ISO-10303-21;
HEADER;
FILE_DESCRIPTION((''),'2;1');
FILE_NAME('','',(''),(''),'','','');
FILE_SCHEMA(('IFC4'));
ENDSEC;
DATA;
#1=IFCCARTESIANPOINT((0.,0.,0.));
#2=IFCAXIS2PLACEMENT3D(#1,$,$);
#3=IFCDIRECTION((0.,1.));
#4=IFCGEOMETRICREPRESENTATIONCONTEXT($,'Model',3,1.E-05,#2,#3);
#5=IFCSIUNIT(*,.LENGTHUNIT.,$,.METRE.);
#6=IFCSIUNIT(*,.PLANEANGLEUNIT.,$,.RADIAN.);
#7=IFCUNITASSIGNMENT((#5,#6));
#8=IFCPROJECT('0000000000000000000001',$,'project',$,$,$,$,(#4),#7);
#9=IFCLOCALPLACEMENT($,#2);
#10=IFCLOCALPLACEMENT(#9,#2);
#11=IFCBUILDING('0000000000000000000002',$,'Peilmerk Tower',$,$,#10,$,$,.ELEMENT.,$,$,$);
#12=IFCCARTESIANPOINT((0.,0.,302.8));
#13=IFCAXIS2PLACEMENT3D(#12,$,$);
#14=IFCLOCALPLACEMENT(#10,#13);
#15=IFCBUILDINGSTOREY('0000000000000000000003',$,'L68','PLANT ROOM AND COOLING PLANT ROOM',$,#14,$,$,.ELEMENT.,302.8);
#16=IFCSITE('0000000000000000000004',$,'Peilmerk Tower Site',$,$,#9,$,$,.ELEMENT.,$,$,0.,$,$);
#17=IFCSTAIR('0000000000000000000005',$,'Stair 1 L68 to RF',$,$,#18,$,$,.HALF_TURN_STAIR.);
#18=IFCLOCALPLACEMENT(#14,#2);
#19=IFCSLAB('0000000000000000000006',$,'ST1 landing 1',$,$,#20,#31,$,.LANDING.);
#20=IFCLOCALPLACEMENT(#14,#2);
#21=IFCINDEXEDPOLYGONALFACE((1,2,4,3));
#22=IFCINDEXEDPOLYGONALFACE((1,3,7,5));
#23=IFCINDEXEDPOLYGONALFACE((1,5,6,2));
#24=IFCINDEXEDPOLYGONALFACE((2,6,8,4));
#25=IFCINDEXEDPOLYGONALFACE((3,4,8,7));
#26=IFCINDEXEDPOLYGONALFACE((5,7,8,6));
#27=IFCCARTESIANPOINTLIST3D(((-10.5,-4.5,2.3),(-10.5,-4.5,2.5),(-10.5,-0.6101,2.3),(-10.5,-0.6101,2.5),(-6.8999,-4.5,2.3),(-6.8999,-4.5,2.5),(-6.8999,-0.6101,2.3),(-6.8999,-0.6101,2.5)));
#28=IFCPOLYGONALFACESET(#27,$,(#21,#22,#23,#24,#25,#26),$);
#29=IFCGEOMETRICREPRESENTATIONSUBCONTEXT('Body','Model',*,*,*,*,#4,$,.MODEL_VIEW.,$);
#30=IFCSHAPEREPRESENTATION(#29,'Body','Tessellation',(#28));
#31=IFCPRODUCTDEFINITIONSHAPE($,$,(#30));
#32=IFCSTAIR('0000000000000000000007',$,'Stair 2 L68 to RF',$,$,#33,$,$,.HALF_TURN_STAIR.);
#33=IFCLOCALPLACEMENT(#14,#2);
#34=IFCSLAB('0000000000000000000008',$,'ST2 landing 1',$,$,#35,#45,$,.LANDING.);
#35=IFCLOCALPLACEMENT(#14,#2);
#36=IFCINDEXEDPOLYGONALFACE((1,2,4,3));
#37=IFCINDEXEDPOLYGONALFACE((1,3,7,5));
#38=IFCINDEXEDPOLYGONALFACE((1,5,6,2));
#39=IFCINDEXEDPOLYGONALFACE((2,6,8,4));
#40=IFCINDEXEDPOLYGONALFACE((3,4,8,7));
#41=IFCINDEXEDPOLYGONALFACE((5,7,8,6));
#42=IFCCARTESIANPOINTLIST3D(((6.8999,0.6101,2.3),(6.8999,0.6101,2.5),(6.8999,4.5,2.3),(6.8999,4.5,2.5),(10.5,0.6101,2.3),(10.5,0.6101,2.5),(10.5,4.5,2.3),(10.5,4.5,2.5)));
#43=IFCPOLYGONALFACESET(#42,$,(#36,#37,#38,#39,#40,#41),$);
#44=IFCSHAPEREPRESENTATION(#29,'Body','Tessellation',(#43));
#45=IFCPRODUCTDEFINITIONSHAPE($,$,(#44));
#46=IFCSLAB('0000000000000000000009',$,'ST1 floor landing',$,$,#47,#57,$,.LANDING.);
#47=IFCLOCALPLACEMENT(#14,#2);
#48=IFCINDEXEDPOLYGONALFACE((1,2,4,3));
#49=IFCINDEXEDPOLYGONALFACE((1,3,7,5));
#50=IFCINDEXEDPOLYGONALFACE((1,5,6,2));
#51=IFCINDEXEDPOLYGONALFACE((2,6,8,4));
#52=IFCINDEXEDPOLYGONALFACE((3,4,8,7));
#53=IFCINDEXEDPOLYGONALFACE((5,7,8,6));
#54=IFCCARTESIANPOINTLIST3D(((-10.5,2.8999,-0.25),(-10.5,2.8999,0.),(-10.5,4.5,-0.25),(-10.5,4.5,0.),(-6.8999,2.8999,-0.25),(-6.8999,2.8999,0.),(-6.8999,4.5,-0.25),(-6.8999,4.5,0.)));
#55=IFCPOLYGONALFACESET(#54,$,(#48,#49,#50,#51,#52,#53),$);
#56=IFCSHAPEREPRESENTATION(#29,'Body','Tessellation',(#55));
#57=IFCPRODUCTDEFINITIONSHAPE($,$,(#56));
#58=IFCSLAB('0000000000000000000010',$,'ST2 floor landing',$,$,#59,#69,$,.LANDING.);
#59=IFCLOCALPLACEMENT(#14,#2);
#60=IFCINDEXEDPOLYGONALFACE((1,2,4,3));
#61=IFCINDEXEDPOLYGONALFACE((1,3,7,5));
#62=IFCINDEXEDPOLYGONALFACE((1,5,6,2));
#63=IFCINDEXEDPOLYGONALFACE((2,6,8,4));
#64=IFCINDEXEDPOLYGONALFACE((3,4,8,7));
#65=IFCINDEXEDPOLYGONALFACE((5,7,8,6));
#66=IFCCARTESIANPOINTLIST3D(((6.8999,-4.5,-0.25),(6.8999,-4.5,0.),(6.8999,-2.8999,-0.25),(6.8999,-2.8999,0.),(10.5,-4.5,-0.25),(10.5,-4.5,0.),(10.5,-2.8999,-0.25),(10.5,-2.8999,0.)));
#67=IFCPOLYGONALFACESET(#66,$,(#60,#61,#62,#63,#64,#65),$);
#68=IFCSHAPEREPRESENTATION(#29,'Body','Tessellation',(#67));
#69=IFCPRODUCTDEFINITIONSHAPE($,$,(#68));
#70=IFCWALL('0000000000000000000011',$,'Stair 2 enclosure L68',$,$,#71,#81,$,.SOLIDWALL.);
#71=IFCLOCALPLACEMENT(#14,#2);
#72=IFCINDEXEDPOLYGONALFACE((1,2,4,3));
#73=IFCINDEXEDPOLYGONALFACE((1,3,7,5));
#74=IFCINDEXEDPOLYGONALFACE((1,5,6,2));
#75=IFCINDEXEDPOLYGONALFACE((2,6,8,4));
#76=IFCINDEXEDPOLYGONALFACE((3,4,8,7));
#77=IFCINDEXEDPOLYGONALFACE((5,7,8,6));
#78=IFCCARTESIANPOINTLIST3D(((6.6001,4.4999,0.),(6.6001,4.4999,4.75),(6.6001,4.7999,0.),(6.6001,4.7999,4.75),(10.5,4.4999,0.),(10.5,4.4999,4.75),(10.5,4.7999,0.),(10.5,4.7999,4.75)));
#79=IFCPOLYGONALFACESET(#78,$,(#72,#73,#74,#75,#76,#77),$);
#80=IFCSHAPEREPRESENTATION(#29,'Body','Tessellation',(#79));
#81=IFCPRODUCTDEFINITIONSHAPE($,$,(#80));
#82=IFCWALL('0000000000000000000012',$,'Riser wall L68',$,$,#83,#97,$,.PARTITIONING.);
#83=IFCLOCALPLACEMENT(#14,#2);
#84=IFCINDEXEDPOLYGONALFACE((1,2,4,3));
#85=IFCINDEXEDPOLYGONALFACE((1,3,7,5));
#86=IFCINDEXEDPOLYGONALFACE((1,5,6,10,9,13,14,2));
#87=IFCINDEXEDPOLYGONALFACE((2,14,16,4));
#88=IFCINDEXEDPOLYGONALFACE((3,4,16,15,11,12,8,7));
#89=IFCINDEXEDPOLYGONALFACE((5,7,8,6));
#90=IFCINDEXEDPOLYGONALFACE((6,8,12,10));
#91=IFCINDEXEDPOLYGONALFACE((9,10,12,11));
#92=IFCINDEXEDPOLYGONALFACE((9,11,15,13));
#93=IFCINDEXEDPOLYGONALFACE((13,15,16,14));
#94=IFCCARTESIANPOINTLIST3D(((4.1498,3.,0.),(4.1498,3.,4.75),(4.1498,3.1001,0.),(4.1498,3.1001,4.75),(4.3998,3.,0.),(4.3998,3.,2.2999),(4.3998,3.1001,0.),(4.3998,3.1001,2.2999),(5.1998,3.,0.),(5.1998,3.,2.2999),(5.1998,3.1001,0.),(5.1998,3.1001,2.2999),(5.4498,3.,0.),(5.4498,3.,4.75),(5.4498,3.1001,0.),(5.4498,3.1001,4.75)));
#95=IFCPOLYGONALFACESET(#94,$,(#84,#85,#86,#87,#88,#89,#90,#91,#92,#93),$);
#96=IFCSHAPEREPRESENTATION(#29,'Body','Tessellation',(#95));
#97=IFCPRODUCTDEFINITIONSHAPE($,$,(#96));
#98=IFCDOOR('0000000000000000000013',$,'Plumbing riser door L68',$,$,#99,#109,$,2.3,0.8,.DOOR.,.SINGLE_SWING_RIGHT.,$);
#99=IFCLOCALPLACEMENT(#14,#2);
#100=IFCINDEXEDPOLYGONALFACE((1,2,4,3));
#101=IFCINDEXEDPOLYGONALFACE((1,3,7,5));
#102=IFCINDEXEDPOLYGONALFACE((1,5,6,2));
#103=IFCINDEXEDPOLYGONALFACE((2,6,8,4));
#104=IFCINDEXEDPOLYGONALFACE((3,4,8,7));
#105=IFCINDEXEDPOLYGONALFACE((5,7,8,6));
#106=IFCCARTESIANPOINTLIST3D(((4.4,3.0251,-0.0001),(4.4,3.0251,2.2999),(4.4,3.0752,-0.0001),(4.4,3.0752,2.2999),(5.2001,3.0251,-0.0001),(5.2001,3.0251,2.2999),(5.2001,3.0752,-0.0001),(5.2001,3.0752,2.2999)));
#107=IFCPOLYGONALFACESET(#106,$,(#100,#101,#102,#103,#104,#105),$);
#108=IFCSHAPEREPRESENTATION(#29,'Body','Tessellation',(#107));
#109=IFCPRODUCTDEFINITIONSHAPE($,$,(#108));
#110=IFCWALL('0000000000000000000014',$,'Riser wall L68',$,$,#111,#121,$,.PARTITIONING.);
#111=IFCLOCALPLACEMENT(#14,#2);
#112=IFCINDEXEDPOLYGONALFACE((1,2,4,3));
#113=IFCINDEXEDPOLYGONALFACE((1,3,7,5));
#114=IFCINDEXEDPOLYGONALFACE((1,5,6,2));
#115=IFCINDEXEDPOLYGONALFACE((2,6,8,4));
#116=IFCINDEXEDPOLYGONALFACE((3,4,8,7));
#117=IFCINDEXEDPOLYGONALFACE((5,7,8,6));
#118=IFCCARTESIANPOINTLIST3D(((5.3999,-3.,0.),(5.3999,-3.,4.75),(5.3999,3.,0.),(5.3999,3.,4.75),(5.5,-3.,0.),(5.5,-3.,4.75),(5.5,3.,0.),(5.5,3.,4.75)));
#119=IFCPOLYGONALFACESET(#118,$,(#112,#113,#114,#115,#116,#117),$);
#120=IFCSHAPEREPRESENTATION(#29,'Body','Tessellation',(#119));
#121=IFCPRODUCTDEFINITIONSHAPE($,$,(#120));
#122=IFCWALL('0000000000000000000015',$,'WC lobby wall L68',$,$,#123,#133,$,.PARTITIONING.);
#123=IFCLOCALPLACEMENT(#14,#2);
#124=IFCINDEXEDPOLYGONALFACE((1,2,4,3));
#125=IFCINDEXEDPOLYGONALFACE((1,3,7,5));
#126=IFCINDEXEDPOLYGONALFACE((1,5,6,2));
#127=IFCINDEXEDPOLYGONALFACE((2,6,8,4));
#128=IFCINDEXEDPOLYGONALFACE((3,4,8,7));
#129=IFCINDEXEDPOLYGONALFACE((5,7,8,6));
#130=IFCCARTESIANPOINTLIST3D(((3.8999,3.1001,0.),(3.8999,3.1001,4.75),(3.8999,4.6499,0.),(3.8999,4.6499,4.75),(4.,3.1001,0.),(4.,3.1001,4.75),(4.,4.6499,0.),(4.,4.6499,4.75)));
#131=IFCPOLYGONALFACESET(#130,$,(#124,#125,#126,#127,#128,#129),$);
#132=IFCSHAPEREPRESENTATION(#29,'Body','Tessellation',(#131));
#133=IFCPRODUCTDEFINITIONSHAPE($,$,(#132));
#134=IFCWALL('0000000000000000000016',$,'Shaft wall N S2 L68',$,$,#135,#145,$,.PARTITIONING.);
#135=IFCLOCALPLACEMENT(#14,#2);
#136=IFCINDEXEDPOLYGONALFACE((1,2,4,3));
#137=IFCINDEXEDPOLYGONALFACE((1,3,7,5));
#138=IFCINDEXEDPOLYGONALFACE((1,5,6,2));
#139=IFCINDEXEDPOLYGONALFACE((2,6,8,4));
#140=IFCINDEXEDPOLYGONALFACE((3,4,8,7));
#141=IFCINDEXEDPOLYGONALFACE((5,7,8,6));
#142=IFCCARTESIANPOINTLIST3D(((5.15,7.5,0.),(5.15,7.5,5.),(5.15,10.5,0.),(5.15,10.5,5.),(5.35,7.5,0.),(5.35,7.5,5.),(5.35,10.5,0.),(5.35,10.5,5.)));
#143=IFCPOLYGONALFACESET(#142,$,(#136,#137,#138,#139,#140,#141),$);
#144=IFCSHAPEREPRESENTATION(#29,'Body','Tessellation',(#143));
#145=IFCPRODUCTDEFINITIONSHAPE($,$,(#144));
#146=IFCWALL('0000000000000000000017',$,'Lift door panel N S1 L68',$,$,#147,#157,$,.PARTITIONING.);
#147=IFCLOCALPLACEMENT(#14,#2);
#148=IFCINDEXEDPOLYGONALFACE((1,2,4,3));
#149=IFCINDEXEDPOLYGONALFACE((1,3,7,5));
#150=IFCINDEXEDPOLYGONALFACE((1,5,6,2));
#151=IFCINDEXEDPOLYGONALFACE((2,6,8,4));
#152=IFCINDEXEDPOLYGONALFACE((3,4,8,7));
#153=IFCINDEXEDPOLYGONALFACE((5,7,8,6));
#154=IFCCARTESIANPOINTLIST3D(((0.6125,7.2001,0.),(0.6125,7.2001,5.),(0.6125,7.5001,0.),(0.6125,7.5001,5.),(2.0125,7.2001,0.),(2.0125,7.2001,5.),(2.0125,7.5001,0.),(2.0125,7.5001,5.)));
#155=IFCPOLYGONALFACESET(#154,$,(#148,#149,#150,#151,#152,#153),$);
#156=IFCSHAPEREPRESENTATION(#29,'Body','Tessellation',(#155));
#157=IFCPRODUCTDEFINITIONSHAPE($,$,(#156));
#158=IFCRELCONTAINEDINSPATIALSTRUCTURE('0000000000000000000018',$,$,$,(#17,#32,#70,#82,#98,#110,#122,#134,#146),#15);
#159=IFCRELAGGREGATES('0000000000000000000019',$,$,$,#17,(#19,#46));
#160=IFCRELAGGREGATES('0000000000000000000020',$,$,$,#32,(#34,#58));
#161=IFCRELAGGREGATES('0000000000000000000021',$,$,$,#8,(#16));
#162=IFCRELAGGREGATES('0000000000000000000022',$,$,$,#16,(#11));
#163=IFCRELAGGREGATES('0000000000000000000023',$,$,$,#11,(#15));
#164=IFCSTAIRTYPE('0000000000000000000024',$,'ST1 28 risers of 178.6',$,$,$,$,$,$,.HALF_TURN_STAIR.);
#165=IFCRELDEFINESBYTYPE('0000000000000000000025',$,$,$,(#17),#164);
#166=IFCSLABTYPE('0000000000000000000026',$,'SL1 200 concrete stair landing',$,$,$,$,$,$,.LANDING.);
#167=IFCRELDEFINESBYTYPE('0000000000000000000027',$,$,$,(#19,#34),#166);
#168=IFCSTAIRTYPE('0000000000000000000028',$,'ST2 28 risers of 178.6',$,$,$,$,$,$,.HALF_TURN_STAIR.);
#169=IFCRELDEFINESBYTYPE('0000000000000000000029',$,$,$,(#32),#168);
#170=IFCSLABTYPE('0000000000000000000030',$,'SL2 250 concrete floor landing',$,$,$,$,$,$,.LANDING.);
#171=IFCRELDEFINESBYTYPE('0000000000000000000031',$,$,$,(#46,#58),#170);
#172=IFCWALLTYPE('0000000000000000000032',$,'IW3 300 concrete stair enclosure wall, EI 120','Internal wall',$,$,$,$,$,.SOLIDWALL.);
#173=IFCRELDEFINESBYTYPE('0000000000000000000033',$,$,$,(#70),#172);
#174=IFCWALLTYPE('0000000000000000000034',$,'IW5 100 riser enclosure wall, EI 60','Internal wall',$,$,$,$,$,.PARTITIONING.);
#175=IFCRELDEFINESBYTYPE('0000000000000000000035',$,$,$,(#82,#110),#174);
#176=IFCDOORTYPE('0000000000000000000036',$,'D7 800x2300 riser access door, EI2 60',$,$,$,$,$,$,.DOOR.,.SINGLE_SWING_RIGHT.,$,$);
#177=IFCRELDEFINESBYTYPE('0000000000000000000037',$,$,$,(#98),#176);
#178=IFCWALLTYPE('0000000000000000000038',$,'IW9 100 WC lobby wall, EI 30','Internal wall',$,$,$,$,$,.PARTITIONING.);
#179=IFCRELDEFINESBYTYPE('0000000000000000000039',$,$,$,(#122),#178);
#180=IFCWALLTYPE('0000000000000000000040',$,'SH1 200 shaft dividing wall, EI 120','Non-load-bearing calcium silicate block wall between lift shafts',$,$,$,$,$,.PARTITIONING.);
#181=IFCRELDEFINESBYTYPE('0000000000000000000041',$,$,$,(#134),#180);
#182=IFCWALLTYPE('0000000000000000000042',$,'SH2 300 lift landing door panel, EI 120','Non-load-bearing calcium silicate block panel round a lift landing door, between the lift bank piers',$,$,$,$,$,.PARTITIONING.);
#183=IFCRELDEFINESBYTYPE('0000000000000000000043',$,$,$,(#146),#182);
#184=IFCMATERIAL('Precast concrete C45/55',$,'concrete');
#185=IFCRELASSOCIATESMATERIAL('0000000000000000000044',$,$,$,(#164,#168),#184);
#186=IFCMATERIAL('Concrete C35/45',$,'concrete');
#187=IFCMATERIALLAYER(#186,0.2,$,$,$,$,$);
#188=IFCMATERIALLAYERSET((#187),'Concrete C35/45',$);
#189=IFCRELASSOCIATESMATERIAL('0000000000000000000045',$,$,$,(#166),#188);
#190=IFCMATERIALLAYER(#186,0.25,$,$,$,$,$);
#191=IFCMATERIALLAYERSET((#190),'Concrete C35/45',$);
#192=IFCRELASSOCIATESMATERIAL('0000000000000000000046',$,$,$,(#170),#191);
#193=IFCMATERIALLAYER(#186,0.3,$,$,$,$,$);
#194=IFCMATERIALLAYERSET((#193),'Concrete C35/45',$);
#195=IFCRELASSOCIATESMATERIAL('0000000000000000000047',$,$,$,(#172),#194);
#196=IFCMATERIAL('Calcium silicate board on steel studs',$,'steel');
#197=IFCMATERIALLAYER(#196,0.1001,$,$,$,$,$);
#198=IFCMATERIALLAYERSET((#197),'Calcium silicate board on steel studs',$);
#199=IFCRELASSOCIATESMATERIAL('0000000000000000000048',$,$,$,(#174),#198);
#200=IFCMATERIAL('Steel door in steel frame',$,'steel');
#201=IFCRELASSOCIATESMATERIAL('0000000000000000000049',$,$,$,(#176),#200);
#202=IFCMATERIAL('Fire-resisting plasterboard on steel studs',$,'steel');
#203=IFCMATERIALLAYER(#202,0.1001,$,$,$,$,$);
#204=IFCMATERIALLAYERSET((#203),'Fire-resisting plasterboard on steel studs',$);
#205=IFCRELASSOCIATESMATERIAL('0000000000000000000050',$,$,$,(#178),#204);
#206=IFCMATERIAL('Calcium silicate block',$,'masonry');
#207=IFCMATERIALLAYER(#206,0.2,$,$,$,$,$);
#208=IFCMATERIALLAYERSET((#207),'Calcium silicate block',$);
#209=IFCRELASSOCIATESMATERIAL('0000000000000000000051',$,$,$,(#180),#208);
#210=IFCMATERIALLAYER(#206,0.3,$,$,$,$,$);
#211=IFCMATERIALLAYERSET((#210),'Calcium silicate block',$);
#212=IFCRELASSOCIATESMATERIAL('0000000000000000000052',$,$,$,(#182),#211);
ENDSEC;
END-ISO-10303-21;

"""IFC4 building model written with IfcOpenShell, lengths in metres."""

from ifc_helpers import new_model, si_unit, direction, frame, frame_2d, origin, place, context, subcontext, project, spatial, polyline, rectangle, outline, extrude, material, layer, layer_set, type_object, element, fill, aggregate, save


model = new_model("IFC4")

# Units and contexts
model_context = context("Model", 3, precision=1e-05, world=origin(), true_north=direction((0.0, 1.0)))
body_context = subcontext(model_context, "Body", "Model", "MODEL_VIEW")
ifc_project = project(units=[si_unit("LENGTHUNIT", "METRE"), si_unit("PLANEANGLEUNIT", "RADIAN")], contexts=[model_context])

# Site, building, storey
site_placement = place(None, origin())
site = spatial("IfcSite", under=ifc_project, at=site_placement, Name="Peilmerk Tower Site", CompositionType="ELEMENT", RefElevation=0.0)
building_placement = place(site_placement, origin())
building = spatial("IfcBuilding", under=site, at=building_placement, Name="Peilmerk Tower", CompositionType="ELEMENT")
storey_placement = place(building_placement, frame((0.0, 0.0, 302.8)))
storey = spatial("IfcBuildingStorey", under=building, at=storey_placement, Name="L68", Description="PLANT ROOM AND COOLING PLANT ROOM", CompositionType="ELEMENT", Elevation=302.8)

# Stairs, slabs
ifc_material_1 = material(Name="Precast concrete C45/55", Category="concrete")
stair_type_1 = type_object("IfcStairType", Name="ST1 28 risers of 178.6", PredefinedType="HALF_TURN_STAIR", material=ifc_material_1)
stair_1_placement = place(storey_placement, origin())
stair_1 = element("IfcStair", 1, at=stair_1_placement, inside=storey, type_object=stair_type_1, Name="Stair 1 L68 to RF", PredefinedType="HALF_TURN_STAIR")
ifc_material_2 = material(Name="Concrete C35/45", Category="concrete")
ifc_layer_1 = layer(ifc_material_2, 0.2)
ifc_layer_set_1 = layer_set([ifc_layer_1], Name="Concrete C35/45")
slab_type_1 = type_object("IfcSlabType", Name="SL1 200 concrete stair landing", PredefinedType="LANDING", material=ifc_layer_set_1)
slab_1_placement = place(storey_placement, frame((0.0, 0.0, 2.3)))
slab_1 = element("IfcSlab", 2, at=slab_1_placement, type_object=slab_type_1, Name="ST1 landing 1", PredefinedType="LANDING", context=body_context, shape_type="SweptSolid", body=[
    extrude(outline(polyline([(-10.5, -4.5), (-6.8999, -4.5), (-6.8999, -0.6101), (-10.5, -0.6101), (-10.5, -4.5)])), origin(), (0.0, 0.0, 1.0), 0.2),
])
stair_type_2 = type_object("IfcStairType", Name="ST2 28 risers of 178.6", PredefinedType="HALF_TURN_STAIR", material=ifc_material_1)
stair_2_placement = place(storey_placement, origin())
stair_2 = element("IfcStair", 3, at=stair_2_placement, inside=storey, type_object=stair_type_2, Name="Stair 2 L68 to RF", PredefinedType="HALF_TURN_STAIR")
slab_2_placement = place(storey_placement, frame((0.0, 0.0, 2.3)))
slab_2 = element("IfcSlab", 4, at=slab_2_placement, type_object=slab_type_1, Name="ST2 landing 1", PredefinedType="LANDING", context=body_context, shape_type="SweptSolid", body=[
    extrude(outline(polyline([(6.8999, 0.6101), (10.5, 0.6101), (10.5, 4.5), (6.8999, 4.5), (6.8999, 0.6101)])), origin(), (0.0, 0.0, 1.0), 0.2),
])

# Slabs
ifc_layer_2 = layer(ifc_material_2, 0.25)
ifc_layer_set_2 = layer_set([ifc_layer_2], Name="Concrete C35/45")
slab_type_2 = type_object("IfcSlabType", Name="SL2 250 concrete floor landing", PredefinedType="LANDING", material=ifc_layer_set_2)
slab_3_placement = place(storey_placement, frame((0.0, 0.0, -0.25)))
slab_3 = element("IfcSlab", 5, at=slab_3_placement, type_object=slab_type_2, Name="ST1 floor landing", PredefinedType="LANDING", context=body_context, shape_type="SweptSolid", body=[
    extrude(outline(polyline([(-10.5, 2.8999), (-6.8999, 2.8999), (-6.8999, 4.5), (-10.5, 4.5), (-10.5, 2.8999)])), origin(), (0.0, 0.0, 1.0), 0.25),
])
aggregate(stair_1, [slab_1, slab_3])
slab_4_placement = place(storey_placement, frame((0.0, 0.0, -0.25)))
slab_4 = element("IfcSlab", 6, at=slab_4_placement, type_object=slab_type_2, Name="ST2 floor landing", PredefinedType="LANDING", context=body_context, shape_type="SweptSolid", body=[
    extrude(outline(polyline([(6.8999, -4.5), (10.5, -4.5), (10.5, -2.8999), (6.8999, -2.8999), (6.8999, -4.5)])), origin(), (0.0, 0.0, 1.0), 0.25),
])
aggregate(stair_2, [slab_2, slab_4])

# Wall
ifc_layer_3 = layer(ifc_material_2, 0.3)
ifc_layer_set_3 = layer_set([ifc_layer_3], Name="Concrete C35/45")
wall_type_1 = type_object("IfcWallType", Name="IW3 300 concrete stair enclosure wall, EI 120", Description="Internal wall", PredefinedType="SOLIDWALL", material=ifc_layer_set_3)
wall_1_placement = place(storey_placement, frame((6.6001, 4.6499, 0.0), z_axis=(0.0, 0.0, 1.0), x_axis=(1.0, 0.0, 0.0)))
element("IfcWall", 7, at=wall_1_placement, inside=storey, type_object=wall_type_1, Name="Stair 2 enclosure L68", PredefinedType="SOLIDWALL", context=body_context, shape_type="SweptSolid", body=[
    extrude(rectangle(XDim=3.8999, YDim=0.3, at=frame_2d((1.95, 0.0))), origin(), (0.0, 0.0, 1.0), 4.75),
])

# Wall, opening, door
ifc_material_3 = material(Name="Calcium silicate board on steel studs", Category="steel")
ifc_layer_4 = layer(ifc_material_3, 0.1001)
ifc_layer_set_4 = layer_set([ifc_layer_4], Name="Calcium silicate board on steel studs")
wall_type_2 = type_object("IfcWallType", Name="IW5 100 riser enclosure wall, EI 60", Description="Internal wall", PredefinedType="PARTITIONING", material=ifc_layer_set_4)
wall_2_placement = place(storey_placement, frame((4.1499, 3.05, 0.0), z_axis=(0.0, 0.0, 1.0), x_axis=(1.0, 0.0, 0.0)))
wall_2 = element("IfcWall", 8, at=wall_2_placement, inside=storey, type_object=wall_type_2, Name="Riser wall L68", PredefinedType="PARTITIONING", context=body_context, shape_type="SweptSolid", body=[
    extrude(rectangle(XDim=1.3, YDim=0.1001, at=frame_2d((0.6499, 0.0))), origin(), (0.0, 0.0, 1.0), 4.75),
])
opening_1_placement = place(wall_2_placement, frame((0.25, 0.0, 0.0)))
opening_1 = element("IfcOpeningElement", 9, at=opening_1_placement, cuts=wall_2, PredefinedType="OPENING", context=body_context, shape_type="SweptSolid", body=[
    extrude(rectangle(XDim=0.8, YDim=2.3, at=frame_2d((0.3999, 1.1499))), frame((0.0, 0.0601, 0.0), z_axis=(0.0, -1.0, 0.0), x_axis=(1.0, 0.0, 0.0)), (0.0, 0.0, 1.0), 0.1201),
])
ifc_material_4 = material(Name="Steel door in steel frame", Category="steel")
door_type_1 = type_object("IfcDoorType", Name="D7 800x2300 riser access door, EI2 60", OperationType="SINGLE_SWING_RIGHT", PredefinedType="DOOR", material=ifc_material_4)
door_1_placement = place(opening_1_placement, frame((0.8, 0.0, 0.0), z_axis=(0.0, 0.0, 1.0), x_axis=(-1.0, 0.0, 0.0)))
door_1 = element("IfcDoor", 10, at=door_1_placement, inside=storey, type_object=door_type_1, Name="Plumbing riser door L68", OperationType="SINGLE_SWING_RIGHT", OverallHeight=2.3, OverallWidth=0.8, PredefinedType="DOOR", context=body_context, shape_type="SweptSolid", body=[
    extrude(rectangle(XDim=0.8, YDim=2.3, at=frame_2d((0.3999, 1.1499))), frame((0.0, 0.0249, 0.0), z_axis=(0.0, -1.0, 0.0), x_axis=(1.0, 0.0, 0.0)), (0.0, 0.0, 1.0), 0.05),
])
fill(opening_1, door_1)

# Walls
wall_3_placement = place(storey_placement, frame((5.45, 3.0, 0.0), z_axis=(0.0, 0.0, 1.0), x_axis=(0.0, -1.0, 0.0)))
element("IfcWall", 11, at=wall_3_placement, inside=storey, type_object=wall_type_2, Name="Riser wall L68", PredefinedType="PARTITIONING", context=body_context, shape_type="SweptSolid", body=[
    extrude(rectangle(XDim=6.0, YDim=0.1001, at=frame_2d((3.0, 0.0))), origin(), (0.0, 0.0, 1.0), 4.75),
])
ifc_material_5 = material(Name="Fire-resisting plasterboard on steel studs", Category="steel")
ifc_layer_5 = layer(ifc_material_5, 0.1001)
ifc_layer_set_5 = layer_set([ifc_layer_5], Name="Fire-resisting plasterboard on steel studs")
wall_type_3 = type_object("IfcWallType", Name="IW9 100 WC lobby wall, EI 30", Description="Internal wall", PredefinedType="PARTITIONING", material=ifc_layer_set_5)
wall_4_placement = place(storey_placement, frame((3.95, 3.1001, 0.0), z_axis=(0.0, 0.0, 1.0), x_axis=(0.0, 1.0, 0.0)))
element("IfcWall", 12, at=wall_4_placement, inside=storey, type_object=wall_type_3, Name="WC lobby wall L68", PredefinedType="PARTITIONING", context=body_context, shape_type="SweptSolid", body=[
    extrude(rectangle(XDim=1.5498, YDim=0.1001, at=frame_2d((0.7749, 0.0))), origin(), (0.0, 0.0, 1.0), 4.75),
])
ifc_material_6 = material(Name="Calcium silicate block", Category="masonry")
ifc_layer_6 = layer(ifc_material_6, 0.2)
ifc_layer_set_6 = layer_set([ifc_layer_6], Name="Calcium silicate block")
wall_type_4 = type_object("IfcWallType", Name="SH1 200 shaft dividing wall, EI 120", Description="Non-load-bearing calcium silicate block wall between lift shafts", PredefinedType="PARTITIONING", material=ifc_layer_set_6)
wall_5_placement = place(storey_placement, frame((5.25, 7.5, 0.0), z_axis=(0.0, 0.0, 1.0), x_axis=(0.0, 1.0, 0.0)))
element("IfcWall", 13, at=wall_5_placement, inside=storey, type_object=wall_type_4, Name="Shaft wall N S2 L68", PredefinedType="PARTITIONING", context=body_context, shape_type="SweptSolid", body=[
    extrude(rectangle(XDim=3.0, YDim=0.2, at=frame_2d((1.5, 0.0))), origin(), (0.0, 0.0, 1.0), 5.0),
])
ifc_layer_7 = layer(ifc_material_6, 0.3)
ifc_layer_set_7 = layer_set([ifc_layer_7], Name="Calcium silicate block")
wall_type_5 = type_object("IfcWallType", Name="SH2 300 lift landing door panel, EI 120", Description="Non-load-bearing calcium silicate block panel round a lift landing door, between the lift bank piers", PredefinedType="PARTITIONING", material=ifc_layer_set_7)
wall_6_placement = place(storey_placement, frame((0.6125, 7.3501, 0.0), z_axis=(0.0, 0.0, 1.0), x_axis=(1.0, 0.0, 0.0)))
element("IfcWall", 14, at=wall_6_placement, inside=storey, type_object=wall_type_5, Name="Lift door panel N S1 L68", PredefinedType="PARTITIONING", context=body_context, shape_type="SweptSolid", body=[
    extrude(rectangle(XDim=1.3999, YDim=0.3, at=frame_2d((0.7, 0.0))), origin(), (0.0, 0.0, 1.0), 5.0),
])

save(model, "model.ifc")
